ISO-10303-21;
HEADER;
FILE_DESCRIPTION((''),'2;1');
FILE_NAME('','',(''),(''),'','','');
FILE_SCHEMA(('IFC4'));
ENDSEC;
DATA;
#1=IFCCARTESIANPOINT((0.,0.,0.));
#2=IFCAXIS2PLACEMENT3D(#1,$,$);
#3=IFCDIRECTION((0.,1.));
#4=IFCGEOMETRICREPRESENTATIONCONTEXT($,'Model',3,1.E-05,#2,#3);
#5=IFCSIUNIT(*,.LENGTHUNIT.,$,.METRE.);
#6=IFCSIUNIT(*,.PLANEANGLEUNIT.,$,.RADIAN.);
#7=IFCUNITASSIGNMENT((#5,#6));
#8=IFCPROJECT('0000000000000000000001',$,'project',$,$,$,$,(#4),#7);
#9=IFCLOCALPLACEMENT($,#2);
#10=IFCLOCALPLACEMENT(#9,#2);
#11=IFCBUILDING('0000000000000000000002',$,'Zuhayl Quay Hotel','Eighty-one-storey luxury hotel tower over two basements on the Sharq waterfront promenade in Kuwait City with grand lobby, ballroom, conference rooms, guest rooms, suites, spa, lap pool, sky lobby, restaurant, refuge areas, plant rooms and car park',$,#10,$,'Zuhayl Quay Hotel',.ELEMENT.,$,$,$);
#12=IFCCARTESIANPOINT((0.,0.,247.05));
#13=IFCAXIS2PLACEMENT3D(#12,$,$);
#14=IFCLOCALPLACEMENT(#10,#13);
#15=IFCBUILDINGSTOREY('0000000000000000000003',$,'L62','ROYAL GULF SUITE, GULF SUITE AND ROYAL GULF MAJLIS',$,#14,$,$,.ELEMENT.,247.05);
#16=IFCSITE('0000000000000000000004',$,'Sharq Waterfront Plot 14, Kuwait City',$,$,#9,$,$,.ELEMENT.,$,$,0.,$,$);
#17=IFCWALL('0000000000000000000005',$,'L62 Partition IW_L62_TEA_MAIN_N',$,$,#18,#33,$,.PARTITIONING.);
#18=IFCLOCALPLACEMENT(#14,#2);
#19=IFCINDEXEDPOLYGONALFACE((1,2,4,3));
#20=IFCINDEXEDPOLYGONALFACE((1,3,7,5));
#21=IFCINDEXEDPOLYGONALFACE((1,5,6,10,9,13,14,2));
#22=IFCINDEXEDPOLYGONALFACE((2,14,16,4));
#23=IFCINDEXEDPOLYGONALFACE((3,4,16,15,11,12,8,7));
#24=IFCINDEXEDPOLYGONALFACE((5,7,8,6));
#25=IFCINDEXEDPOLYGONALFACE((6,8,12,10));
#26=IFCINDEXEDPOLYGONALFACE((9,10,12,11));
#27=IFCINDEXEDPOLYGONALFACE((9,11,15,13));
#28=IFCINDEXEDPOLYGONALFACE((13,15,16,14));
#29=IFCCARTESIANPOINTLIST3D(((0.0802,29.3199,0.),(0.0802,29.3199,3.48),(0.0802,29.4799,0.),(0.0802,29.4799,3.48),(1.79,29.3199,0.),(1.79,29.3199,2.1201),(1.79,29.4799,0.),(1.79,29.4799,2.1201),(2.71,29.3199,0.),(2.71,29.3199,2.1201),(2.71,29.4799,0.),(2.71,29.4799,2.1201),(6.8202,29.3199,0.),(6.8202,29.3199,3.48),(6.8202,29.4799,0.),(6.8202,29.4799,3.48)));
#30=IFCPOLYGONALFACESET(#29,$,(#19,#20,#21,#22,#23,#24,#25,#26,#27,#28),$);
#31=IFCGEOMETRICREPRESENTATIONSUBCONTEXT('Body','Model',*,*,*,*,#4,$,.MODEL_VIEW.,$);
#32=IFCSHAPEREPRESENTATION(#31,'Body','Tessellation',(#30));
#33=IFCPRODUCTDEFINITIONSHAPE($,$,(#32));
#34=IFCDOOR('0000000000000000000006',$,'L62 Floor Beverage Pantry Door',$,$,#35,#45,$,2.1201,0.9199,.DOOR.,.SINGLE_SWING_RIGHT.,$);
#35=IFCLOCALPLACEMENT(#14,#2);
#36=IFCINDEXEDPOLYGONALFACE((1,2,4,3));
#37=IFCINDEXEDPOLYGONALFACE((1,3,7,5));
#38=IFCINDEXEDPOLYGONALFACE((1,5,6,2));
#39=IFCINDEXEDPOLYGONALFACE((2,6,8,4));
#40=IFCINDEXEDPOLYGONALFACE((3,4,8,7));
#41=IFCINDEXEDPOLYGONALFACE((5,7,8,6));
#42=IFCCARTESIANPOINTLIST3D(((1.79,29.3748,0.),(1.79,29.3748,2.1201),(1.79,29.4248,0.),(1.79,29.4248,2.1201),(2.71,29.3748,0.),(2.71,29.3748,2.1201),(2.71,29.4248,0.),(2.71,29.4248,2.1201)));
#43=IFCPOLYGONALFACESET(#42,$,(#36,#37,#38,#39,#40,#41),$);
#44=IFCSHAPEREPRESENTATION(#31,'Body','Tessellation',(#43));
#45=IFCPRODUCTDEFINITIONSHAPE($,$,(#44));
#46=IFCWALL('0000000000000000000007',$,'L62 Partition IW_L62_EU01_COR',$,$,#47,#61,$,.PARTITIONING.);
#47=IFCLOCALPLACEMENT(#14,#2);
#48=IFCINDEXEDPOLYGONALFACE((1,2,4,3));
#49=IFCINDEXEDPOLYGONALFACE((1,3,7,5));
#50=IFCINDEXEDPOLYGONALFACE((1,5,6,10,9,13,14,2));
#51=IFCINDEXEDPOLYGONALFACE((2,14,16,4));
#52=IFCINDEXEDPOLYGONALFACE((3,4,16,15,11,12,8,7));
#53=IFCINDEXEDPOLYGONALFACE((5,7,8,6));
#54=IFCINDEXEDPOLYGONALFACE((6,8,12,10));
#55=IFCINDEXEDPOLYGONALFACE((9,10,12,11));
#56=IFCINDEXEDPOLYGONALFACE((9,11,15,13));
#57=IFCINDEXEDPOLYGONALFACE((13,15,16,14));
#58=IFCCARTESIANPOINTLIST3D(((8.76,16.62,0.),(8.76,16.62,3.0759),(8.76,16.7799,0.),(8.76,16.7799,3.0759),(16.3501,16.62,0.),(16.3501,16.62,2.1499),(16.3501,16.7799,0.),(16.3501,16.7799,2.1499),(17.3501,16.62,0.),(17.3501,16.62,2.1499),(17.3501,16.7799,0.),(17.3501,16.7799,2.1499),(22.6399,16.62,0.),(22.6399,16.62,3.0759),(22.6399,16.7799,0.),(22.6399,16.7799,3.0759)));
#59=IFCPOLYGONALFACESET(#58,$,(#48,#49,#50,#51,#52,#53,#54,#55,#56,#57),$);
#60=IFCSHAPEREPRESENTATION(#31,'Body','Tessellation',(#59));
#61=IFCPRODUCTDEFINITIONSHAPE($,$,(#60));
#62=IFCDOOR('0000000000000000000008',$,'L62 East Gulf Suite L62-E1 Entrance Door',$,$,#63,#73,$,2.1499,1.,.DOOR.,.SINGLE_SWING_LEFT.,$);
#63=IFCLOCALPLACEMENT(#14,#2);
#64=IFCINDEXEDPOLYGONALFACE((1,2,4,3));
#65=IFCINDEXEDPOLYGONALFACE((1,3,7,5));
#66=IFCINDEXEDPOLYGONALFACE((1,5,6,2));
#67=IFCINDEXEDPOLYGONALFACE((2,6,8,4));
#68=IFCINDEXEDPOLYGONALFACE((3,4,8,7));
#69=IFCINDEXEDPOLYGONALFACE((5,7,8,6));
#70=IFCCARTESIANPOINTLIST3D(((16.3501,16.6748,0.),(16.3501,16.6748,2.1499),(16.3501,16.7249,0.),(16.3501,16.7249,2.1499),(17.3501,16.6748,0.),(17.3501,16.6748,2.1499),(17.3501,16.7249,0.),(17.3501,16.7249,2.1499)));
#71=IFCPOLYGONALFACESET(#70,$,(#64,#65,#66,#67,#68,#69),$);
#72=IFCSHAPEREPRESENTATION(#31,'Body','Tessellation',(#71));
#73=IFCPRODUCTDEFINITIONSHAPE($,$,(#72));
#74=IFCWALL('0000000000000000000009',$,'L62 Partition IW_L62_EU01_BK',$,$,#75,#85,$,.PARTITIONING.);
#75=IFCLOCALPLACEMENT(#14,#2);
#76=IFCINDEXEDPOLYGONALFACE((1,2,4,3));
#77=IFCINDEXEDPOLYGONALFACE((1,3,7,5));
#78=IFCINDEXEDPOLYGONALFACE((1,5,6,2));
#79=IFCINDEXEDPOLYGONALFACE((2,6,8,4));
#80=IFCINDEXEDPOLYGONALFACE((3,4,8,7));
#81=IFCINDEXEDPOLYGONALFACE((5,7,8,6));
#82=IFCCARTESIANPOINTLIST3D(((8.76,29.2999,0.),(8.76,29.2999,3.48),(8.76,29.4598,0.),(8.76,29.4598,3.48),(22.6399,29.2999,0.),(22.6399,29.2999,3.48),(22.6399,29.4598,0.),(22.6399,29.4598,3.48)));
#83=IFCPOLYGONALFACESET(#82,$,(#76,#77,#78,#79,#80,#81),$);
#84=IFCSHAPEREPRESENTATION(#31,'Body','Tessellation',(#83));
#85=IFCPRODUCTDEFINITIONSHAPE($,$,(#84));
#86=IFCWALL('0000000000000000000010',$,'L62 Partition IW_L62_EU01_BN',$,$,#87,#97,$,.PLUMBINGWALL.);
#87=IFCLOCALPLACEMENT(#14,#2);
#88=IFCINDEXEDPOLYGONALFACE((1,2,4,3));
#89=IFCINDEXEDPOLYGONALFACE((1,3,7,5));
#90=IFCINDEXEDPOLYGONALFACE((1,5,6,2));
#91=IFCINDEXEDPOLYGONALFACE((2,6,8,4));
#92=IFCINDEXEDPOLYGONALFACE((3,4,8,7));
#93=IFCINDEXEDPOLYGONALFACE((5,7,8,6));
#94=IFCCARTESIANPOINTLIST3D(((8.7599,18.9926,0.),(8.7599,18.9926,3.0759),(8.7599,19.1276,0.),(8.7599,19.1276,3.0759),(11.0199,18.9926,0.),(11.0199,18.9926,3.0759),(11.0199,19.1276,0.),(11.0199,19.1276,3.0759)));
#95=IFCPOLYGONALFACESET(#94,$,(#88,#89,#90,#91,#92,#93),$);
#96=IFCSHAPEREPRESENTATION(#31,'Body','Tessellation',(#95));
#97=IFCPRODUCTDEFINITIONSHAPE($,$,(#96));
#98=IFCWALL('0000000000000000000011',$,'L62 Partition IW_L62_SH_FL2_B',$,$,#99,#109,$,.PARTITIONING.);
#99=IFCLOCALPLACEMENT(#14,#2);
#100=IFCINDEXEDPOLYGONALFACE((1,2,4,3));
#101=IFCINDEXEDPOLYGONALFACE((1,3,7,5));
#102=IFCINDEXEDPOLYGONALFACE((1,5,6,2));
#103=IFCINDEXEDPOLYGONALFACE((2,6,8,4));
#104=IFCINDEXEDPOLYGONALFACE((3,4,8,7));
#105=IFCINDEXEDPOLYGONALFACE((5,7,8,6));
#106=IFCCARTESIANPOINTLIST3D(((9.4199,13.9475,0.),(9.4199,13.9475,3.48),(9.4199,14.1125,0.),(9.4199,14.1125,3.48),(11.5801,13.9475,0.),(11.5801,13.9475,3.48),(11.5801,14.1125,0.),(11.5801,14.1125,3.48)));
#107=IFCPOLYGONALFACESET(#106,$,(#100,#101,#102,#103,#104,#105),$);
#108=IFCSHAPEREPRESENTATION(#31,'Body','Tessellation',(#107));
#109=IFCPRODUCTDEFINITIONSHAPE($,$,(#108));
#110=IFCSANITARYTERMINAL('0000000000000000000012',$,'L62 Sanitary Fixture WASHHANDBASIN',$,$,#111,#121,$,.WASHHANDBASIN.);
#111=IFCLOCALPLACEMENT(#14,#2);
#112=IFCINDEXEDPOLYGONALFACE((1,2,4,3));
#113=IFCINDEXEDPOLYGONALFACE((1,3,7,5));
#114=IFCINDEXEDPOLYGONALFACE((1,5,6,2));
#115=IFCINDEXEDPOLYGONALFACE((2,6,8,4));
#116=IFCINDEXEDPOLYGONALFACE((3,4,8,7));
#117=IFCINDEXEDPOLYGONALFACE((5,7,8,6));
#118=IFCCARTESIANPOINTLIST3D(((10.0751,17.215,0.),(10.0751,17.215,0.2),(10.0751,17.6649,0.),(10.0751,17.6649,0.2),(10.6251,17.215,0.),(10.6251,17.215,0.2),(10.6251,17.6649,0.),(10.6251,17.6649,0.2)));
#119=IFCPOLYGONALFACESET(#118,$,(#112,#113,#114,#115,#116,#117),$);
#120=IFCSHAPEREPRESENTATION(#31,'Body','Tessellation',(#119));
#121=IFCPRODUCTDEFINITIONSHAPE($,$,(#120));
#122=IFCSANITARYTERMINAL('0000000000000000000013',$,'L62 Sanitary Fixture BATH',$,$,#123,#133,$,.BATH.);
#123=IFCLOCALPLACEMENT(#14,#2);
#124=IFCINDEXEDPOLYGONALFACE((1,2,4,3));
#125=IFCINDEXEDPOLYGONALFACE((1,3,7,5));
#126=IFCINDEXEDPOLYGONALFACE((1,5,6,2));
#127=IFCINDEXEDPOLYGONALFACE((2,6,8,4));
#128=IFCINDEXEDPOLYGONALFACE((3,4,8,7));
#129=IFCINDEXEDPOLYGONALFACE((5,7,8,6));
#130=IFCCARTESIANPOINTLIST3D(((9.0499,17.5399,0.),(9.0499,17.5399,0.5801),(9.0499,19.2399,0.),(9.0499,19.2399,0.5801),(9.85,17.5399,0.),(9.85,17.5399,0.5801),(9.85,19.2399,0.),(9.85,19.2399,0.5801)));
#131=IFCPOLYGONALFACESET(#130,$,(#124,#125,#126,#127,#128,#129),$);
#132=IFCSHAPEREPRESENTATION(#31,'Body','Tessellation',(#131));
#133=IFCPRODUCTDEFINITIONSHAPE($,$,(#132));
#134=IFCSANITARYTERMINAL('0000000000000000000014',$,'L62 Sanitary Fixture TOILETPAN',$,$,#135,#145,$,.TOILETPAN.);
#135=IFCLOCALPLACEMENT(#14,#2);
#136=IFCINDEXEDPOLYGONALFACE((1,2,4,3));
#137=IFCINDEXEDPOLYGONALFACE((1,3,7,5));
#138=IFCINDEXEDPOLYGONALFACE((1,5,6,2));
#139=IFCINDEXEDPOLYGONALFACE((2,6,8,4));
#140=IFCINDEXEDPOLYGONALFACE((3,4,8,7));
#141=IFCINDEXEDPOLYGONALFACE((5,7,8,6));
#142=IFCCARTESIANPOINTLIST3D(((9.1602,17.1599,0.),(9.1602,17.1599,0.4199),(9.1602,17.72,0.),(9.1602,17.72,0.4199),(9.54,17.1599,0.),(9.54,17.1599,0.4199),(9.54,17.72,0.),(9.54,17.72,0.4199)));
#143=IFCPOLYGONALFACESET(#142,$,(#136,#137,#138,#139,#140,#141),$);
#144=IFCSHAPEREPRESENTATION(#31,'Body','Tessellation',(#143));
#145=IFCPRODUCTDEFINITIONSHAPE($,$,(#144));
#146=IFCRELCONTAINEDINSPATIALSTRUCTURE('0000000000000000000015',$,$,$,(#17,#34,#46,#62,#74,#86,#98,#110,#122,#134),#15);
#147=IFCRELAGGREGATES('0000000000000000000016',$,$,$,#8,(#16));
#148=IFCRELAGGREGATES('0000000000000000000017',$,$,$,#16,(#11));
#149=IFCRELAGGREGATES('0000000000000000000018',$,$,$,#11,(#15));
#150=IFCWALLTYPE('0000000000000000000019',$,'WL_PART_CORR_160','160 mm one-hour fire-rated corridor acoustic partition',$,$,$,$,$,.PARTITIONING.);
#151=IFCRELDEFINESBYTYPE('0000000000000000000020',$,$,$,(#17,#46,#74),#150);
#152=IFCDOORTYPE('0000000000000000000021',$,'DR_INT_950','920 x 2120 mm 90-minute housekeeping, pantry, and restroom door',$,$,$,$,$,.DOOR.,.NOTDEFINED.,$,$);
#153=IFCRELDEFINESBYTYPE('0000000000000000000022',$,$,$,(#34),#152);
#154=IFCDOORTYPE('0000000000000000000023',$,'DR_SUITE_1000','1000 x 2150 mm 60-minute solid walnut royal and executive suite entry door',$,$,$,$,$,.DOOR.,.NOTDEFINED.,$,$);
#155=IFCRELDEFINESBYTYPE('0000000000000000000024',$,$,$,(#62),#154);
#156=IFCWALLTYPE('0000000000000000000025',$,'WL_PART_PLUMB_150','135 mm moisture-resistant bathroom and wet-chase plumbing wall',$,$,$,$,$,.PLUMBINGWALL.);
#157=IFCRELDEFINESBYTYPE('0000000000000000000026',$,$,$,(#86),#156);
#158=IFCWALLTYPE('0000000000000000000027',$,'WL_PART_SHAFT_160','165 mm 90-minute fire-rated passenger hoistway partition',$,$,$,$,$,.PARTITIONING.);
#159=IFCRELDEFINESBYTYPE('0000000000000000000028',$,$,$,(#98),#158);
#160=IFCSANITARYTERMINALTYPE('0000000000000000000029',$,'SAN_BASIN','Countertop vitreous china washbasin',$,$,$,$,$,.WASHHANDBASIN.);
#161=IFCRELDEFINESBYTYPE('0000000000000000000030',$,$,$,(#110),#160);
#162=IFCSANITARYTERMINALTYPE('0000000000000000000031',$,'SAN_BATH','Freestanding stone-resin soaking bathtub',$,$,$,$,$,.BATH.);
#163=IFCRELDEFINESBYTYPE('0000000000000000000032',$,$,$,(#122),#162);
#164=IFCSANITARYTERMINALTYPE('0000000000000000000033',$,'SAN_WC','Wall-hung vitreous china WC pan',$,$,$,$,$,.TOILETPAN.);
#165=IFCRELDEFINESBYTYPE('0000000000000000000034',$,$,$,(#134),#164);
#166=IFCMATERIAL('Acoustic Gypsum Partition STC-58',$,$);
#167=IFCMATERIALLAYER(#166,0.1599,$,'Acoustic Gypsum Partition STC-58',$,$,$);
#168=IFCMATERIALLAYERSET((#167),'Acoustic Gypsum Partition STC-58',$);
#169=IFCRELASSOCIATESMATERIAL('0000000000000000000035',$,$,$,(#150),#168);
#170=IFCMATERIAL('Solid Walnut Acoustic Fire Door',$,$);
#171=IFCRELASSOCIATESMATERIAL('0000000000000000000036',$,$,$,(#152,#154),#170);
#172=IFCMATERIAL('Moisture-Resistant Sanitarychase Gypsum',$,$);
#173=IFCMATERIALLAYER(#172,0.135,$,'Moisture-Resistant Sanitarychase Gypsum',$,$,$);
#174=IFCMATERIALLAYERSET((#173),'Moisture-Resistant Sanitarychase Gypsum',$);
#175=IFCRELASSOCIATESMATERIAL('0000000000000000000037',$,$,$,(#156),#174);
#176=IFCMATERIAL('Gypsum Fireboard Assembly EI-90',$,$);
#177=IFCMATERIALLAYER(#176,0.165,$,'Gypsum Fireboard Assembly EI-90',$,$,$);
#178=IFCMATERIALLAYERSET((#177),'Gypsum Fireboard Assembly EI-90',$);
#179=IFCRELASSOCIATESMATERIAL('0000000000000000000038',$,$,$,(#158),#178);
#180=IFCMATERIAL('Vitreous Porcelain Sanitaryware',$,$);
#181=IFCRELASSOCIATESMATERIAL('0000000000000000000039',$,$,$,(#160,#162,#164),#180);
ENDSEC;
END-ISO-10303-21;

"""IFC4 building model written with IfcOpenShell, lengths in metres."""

from ifc_helpers import new_model, si_unit, direction, frame, frame_2d, origin, origin_2d, place, context, subcontext, project, spatial, rectangle, extrude, material, layer, layer_set, type_object, element, fill, save


model = new_model("IFC4")

# Units and contexts
model_context = context("Model", 3, precision=1e-05, world=origin(), true_north=direction((0.0, 1.0)))
body_context = subcontext(model_context, "Body", "Model", "MODEL_VIEW")
ifc_project = project(units=[si_unit("LENGTHUNIT", "METRE"), si_unit("PLANEANGLEUNIT", "RADIAN")], contexts=[model_context])

# Site, building, storey
site_placement = place(None, origin())
site = spatial("IfcSite", under=ifc_project, at=site_placement, Name="Sharq Waterfront Plot 14, Kuwait City", CompositionType="ELEMENT", RefElevation=0.0)
building_placement = place(site_placement, origin())
building = spatial("IfcBuilding", under=site, at=building_placement, Name="Zuhayl Quay Hotel", Description="Eighty-one-storey luxury hotel tower over two basements on the Sharq waterfront promenade in Kuwait City with grand lobby, ballroom, conference rooms, guest rooms, suites, spa, lap pool, sky lobby, restaurant, refuge areas, plant rooms and car park", LongName="Zuhayl Quay Hotel", CompositionType="ELEMENT")
storey_placement = place(building_placement, frame((0.0, 0.0, 247.05)))
storey = spatial("IfcBuildingStorey", under=building, at=storey_placement, Name="L62", Description="ROYAL GULF SUITE, GULF SUITE AND ROYAL GULF MAJLIS", CompositionType="ELEMENT", Elevation=247.05)

# Shared definitions
ifc_material_1 = material(Name="Acoustic Gypsum Partition STC-58")

# Walls, openings, doors
ifc_layer_1 = layer(ifc_material_1, 0.1599, Name="Acoustic Gypsum Partition STC-58")
ifc_layer_set_1 = layer_set([ifc_layer_1], Name="Acoustic Gypsum Partition STC-58")
wall_type_1 = type_object("IfcWallType", Name="WL_PART_CORR_160", Description="160 mm one-hour fire-rated corridor acoustic partition", PredefinedType="PARTITIONING", material=ifc_layer_set_1)
wall_1_placement = place(storey_placement, frame((0.0801, 29.3999, 0.0), z_axis=(0.0, 0.0, 1.0), x_axis=(1.0, 0.0, 0.0)))
wall_1 = element("IfcWall", 1, at=wall_1_placement, inside=storey, type_object=wall_type_1, Name="L62 Partition IW_L62_TEA_MAIN_N", PredefinedType="PARTITIONING", context=body_context, shape_type="SweptSolid", body=[
    extrude(rectangle(XDim=6.74, YDim=0.1599, at=frame_2d((3.3701, 0.0))), origin(), (0.0, 0.0, 1.0), 3.48),
])
opening_1_placement = place(wall_1_placement, frame((1.71, 0.0, 0.0)))
opening_1 = element("IfcOpeningElement", 2, at=opening_1_placement, cuts=wall_1, PredefinedType="OPENING", context=body_context, shape_type="SweptSolid", body=[
    extrude(rectangle(XDim=0.9199, YDim=2.1201, at=frame_2d((0.46, 1.0601))), frame((0.0, 0.0898, 0.0), z_axis=(0.0, -1.0, 0.0), x_axis=(1.0, 0.0, 0.0)), (0.0, 0.0, 1.0), 0.1799),
])
ifc_material_2 = material(Name="Solid Walnut Acoustic Fire Door")
door_type_1 = type_object("IfcDoorType", Name="DR_INT_950", Description="920 x 2120 mm 90-minute housekeeping, pantry, and restroom door", OperationType="NOTDEFINED", PredefinedType="DOOR", material=ifc_material_2)
door_1_placement = place(opening_1_placement, origin())
door_1 = element("IfcDoor", 3, at=door_1_placement, inside=storey, type_object=door_type_1, Name="L62 Floor Beverage Pantry Door", OperationType="SINGLE_SWING_RIGHT", OverallHeight=2.1201, OverallWidth=0.9199, PredefinedType="DOOR", context=body_context, shape_type="SweptSolid", body=[
    extrude(rectangle(XDim=0.9199, YDim=2.1201, at=frame_2d((0.46, 1.0601))), frame((0.0, 0.0249, 0.0), z_axis=(0.0, -1.0, 0.0), x_axis=(1.0, 0.0, 0.0)), (0.0, 0.0, 1.0), 0.05),
])
fill(opening_1, door_1)
wall_2_placement = place(storey_placement, frame((8.76, 16.7, 0.0), z_axis=(0.0, 0.0, 1.0), x_axis=(1.0, 0.0, 0.0)))
wall_2 = element("IfcWall", 4, at=wall_2_placement, inside=storey, type_object=wall_type_1, Name="L62 Partition IW_L62_EU01_COR", PredefinedType="PARTITIONING", context=body_context, shape_type="SweptSolid", body=[
    extrude(rectangle(XDim=13.8799, YDim=0.1599, at=frame_2d((6.9399, 0.0))), origin(), (0.0, 0.0, 1.0), 3.0759),
])
opening_2_placement = place(wall_2_placement, frame((7.5901, 0.0, 0.0)))
opening_2 = element("IfcOpeningElement", 5, at=opening_2_placement, cuts=wall_2, PredefinedType="OPENING", context=body_context, shape_type="SweptSolid", body=[
    extrude(rectangle(XDim=1.0, YDim=2.1499, at=frame_2d((0.5, 1.075))), frame((0.0, 0.0898, 0.0), z_axis=(0.0, -1.0, 0.0), x_axis=(1.0, 0.0, 0.0)), (0.0, 0.0, 1.0), 0.1799),
])
door_type_2 = type_object("IfcDoorType", Name="DR_SUITE_1000", Description="1000 x 2150 mm 60-minute solid walnut royal and executive suite entry door", OperationType="NOTDEFINED", PredefinedType="DOOR", material=ifc_material_2)
door_2_placement = place(opening_2_placement, origin())
door_2 = element("IfcDoor", 6, at=door_2_placement, inside=storey, type_object=door_type_2, Name="L62 East Gulf Suite L62-E1 Entrance Door", OperationType="SINGLE_SWING_LEFT", OverallHeight=2.1499, OverallWidth=1.0, PredefinedType="DOOR", context=body_context, shape_type="SweptSolid", body=[
    extrude(rectangle(XDim=1.0, YDim=2.1499, at=frame_2d((0.5, 1.075))), frame((0.0, 0.0249, 0.0), z_axis=(0.0, -1.0, 0.0), x_axis=(1.0, 0.0, 0.0)), (0.0, 0.0, 1.0), 0.05),
])
fill(opening_2, door_2)

# Walls
wall_3_placement = place(storey_placement, frame((8.76, 29.3799, 0.0), z_axis=(0.0, 0.0, 1.0), x_axis=(1.0, 0.0, 0.0)))
element("IfcWall", 7, at=wall_3_placement, inside=storey, type_object=wall_type_1, Name="L62 Partition IW_L62_EU01_BK", PredefinedType="PARTITIONING", context=body_context, shape_type="SweptSolid", body=[
    extrude(rectangle(XDim=13.8799, YDim=0.1599, at=frame_2d((6.9399, 0.0))), origin(), (0.0, 0.0, 1.0), 3.48),
])
ifc_material_3 = material(Name="Moisture-Resistant Sanitarychase Gypsum")
ifc_layer_2 = layer(ifc_material_3, 0.135, Name="Moisture-Resistant Sanitarychase Gypsum")
ifc_layer_set_2 = layer_set([ifc_layer_2], Name="Moisture-Resistant Sanitarychase Gypsum")
wall_type_2 = type_object("IfcWallType", Name="WL_PART_PLUMB_150", Description="135 mm moisture-resistant bathroom and wet-chase plumbing wall", PredefinedType="PLUMBINGWALL", material=ifc_layer_set_2)
wall_4_placement = place(storey_placement, frame((8.76, 19.0601, 0.0), z_axis=(0.0, 0.0, 1.0), x_axis=(1.0, 0.0, 0.0)))
element("IfcWall", 8, at=wall_4_placement, inside=storey, type_object=wall_type_2, Name="L62 Partition IW_L62_EU01_BN", PredefinedType="PLUMBINGWALL", context=body_context, shape_type="SweptSolid", body=[
    extrude(rectangle(XDim=2.26, YDim=0.135, at=frame_2d((1.1299, 0.0))), origin(), (0.0, 0.0, 1.0), 3.0759),
])
ifc_material_4 = material(Name="Gypsum Fireboard Assembly EI-90")
ifc_layer_3 = layer(ifc_material_4, 0.165, Name="Gypsum Fireboard Assembly EI-90")
ifc_layer_set_3 = layer_set([ifc_layer_3], Name="Gypsum Fireboard Assembly EI-90")
wall_type_3 = type_object("IfcWallType", Name="WL_PART_SHAFT_160", Description="165 mm 90-minute fire-rated passenger hoistway partition", PredefinedType="PARTITIONING", material=ifc_layer_set_3)
wall_5_placement = place(storey_placement, frame((9.4199, 14.03, 0.0), z_axis=(0.0, 0.0, 1.0), x_axis=(1.0, 0.0, 0.0)))
element("IfcWall", 9, at=wall_5_placement, inside=storey, type_object=wall_type_3, Name="L62 Partition IW_L62_SH_FL2_B", PredefinedType="PARTITIONING", context=body_context, shape_type="SweptSolid", body=[
    extrude(rectangle(XDim=2.1602, YDim=0.165, at=frame_2d((1.0801, 0.0))), origin(), (0.0, 0.0, 1.0), 3.48),
])

# Sanitary terminals
ifc_material_5 = material(Name="Vitreous Porcelain Sanitaryware")
sanitary_terminal_type_1 = type_object("IfcSanitaryTerminalType", Name="SAN_BASIN", Description="Countertop vitreous china washbasin", PredefinedType="WASHHANDBASIN", material=ifc_material_5)
sanitary_terminal_1_placement = place(storey_placement, frame((10.3501, 17.4399, 0.0), z_axis=(0.0, 0.0, 1.0), x_axis=(1.0, 0.0, 0.0)))
element("IfcSanitaryTerminal", 10, at=sanitary_terminal_1_placement, inside=storey, type_object=sanitary_terminal_type_1, Name="L62 Sanitary Fixture WASHHANDBASIN", PredefinedType="WASHHANDBASIN", context=body_context, shape_type="SweptSolid", body=[
    extrude(rectangle(XDim=0.55, YDim=0.45, at=origin_2d()), origin(), (0.0, 0.0, 1.0), 0.2),
])
sanitary_terminal_type_2 = type_object("IfcSanitaryTerminalType", Name="SAN_BATH", Description="Freestanding stone-resin soaking bathtub", PredefinedType="BATH", material=ifc_material_5)
sanitary_terminal_2_placement = place(storey_placement, frame((9.45, 18.3899, 0.0), z_axis=(0.0, 0.0, 1.0), x_axis=(1.0, 0.0, 0.0)))
element("IfcSanitaryTerminal", 11, at=sanitary_terminal_2_placement, inside=storey, type_object=sanitary_terminal_type_2, Name="L62 Sanitary Fixture BATH", PredefinedType="BATH", context=body_context, shape_type="SweptSolid", body=[
    extrude(rectangle(XDim=0.8, YDim=1.7, at=origin_2d()), origin(), (0.0, 0.0, 1.0), 0.5801),
])
sanitary_terminal_type_3 = type_object("IfcSanitaryTerminalType", Name="SAN_WC", Description="Wall-hung vitreous china WC pan", PredefinedType="TOILETPAN", material=ifc_material_5)
sanitary_terminal_3_placement = place(storey_placement, frame((9.3501, 17.4399, 0.0), z_axis=(0.0, 0.0, 1.0), x_axis=(1.0, 0.0, 0.0)))
element("IfcSanitaryTerminal", 12, at=sanitary_terminal_3_placement, inside=storey, type_object=sanitary_terminal_type_3, Name="L62 Sanitary Fixture TOILETPAN", PredefinedType="TOILETPAN", context=body_context, shape_type="SweptSolid", body=[
    extrude(rectangle(XDim=0.3799, YDim=0.5601, at=origin_2d()), origin(), (0.0, 0.0, 1.0), 0.4199),
])

save(model, "model.ifc")
